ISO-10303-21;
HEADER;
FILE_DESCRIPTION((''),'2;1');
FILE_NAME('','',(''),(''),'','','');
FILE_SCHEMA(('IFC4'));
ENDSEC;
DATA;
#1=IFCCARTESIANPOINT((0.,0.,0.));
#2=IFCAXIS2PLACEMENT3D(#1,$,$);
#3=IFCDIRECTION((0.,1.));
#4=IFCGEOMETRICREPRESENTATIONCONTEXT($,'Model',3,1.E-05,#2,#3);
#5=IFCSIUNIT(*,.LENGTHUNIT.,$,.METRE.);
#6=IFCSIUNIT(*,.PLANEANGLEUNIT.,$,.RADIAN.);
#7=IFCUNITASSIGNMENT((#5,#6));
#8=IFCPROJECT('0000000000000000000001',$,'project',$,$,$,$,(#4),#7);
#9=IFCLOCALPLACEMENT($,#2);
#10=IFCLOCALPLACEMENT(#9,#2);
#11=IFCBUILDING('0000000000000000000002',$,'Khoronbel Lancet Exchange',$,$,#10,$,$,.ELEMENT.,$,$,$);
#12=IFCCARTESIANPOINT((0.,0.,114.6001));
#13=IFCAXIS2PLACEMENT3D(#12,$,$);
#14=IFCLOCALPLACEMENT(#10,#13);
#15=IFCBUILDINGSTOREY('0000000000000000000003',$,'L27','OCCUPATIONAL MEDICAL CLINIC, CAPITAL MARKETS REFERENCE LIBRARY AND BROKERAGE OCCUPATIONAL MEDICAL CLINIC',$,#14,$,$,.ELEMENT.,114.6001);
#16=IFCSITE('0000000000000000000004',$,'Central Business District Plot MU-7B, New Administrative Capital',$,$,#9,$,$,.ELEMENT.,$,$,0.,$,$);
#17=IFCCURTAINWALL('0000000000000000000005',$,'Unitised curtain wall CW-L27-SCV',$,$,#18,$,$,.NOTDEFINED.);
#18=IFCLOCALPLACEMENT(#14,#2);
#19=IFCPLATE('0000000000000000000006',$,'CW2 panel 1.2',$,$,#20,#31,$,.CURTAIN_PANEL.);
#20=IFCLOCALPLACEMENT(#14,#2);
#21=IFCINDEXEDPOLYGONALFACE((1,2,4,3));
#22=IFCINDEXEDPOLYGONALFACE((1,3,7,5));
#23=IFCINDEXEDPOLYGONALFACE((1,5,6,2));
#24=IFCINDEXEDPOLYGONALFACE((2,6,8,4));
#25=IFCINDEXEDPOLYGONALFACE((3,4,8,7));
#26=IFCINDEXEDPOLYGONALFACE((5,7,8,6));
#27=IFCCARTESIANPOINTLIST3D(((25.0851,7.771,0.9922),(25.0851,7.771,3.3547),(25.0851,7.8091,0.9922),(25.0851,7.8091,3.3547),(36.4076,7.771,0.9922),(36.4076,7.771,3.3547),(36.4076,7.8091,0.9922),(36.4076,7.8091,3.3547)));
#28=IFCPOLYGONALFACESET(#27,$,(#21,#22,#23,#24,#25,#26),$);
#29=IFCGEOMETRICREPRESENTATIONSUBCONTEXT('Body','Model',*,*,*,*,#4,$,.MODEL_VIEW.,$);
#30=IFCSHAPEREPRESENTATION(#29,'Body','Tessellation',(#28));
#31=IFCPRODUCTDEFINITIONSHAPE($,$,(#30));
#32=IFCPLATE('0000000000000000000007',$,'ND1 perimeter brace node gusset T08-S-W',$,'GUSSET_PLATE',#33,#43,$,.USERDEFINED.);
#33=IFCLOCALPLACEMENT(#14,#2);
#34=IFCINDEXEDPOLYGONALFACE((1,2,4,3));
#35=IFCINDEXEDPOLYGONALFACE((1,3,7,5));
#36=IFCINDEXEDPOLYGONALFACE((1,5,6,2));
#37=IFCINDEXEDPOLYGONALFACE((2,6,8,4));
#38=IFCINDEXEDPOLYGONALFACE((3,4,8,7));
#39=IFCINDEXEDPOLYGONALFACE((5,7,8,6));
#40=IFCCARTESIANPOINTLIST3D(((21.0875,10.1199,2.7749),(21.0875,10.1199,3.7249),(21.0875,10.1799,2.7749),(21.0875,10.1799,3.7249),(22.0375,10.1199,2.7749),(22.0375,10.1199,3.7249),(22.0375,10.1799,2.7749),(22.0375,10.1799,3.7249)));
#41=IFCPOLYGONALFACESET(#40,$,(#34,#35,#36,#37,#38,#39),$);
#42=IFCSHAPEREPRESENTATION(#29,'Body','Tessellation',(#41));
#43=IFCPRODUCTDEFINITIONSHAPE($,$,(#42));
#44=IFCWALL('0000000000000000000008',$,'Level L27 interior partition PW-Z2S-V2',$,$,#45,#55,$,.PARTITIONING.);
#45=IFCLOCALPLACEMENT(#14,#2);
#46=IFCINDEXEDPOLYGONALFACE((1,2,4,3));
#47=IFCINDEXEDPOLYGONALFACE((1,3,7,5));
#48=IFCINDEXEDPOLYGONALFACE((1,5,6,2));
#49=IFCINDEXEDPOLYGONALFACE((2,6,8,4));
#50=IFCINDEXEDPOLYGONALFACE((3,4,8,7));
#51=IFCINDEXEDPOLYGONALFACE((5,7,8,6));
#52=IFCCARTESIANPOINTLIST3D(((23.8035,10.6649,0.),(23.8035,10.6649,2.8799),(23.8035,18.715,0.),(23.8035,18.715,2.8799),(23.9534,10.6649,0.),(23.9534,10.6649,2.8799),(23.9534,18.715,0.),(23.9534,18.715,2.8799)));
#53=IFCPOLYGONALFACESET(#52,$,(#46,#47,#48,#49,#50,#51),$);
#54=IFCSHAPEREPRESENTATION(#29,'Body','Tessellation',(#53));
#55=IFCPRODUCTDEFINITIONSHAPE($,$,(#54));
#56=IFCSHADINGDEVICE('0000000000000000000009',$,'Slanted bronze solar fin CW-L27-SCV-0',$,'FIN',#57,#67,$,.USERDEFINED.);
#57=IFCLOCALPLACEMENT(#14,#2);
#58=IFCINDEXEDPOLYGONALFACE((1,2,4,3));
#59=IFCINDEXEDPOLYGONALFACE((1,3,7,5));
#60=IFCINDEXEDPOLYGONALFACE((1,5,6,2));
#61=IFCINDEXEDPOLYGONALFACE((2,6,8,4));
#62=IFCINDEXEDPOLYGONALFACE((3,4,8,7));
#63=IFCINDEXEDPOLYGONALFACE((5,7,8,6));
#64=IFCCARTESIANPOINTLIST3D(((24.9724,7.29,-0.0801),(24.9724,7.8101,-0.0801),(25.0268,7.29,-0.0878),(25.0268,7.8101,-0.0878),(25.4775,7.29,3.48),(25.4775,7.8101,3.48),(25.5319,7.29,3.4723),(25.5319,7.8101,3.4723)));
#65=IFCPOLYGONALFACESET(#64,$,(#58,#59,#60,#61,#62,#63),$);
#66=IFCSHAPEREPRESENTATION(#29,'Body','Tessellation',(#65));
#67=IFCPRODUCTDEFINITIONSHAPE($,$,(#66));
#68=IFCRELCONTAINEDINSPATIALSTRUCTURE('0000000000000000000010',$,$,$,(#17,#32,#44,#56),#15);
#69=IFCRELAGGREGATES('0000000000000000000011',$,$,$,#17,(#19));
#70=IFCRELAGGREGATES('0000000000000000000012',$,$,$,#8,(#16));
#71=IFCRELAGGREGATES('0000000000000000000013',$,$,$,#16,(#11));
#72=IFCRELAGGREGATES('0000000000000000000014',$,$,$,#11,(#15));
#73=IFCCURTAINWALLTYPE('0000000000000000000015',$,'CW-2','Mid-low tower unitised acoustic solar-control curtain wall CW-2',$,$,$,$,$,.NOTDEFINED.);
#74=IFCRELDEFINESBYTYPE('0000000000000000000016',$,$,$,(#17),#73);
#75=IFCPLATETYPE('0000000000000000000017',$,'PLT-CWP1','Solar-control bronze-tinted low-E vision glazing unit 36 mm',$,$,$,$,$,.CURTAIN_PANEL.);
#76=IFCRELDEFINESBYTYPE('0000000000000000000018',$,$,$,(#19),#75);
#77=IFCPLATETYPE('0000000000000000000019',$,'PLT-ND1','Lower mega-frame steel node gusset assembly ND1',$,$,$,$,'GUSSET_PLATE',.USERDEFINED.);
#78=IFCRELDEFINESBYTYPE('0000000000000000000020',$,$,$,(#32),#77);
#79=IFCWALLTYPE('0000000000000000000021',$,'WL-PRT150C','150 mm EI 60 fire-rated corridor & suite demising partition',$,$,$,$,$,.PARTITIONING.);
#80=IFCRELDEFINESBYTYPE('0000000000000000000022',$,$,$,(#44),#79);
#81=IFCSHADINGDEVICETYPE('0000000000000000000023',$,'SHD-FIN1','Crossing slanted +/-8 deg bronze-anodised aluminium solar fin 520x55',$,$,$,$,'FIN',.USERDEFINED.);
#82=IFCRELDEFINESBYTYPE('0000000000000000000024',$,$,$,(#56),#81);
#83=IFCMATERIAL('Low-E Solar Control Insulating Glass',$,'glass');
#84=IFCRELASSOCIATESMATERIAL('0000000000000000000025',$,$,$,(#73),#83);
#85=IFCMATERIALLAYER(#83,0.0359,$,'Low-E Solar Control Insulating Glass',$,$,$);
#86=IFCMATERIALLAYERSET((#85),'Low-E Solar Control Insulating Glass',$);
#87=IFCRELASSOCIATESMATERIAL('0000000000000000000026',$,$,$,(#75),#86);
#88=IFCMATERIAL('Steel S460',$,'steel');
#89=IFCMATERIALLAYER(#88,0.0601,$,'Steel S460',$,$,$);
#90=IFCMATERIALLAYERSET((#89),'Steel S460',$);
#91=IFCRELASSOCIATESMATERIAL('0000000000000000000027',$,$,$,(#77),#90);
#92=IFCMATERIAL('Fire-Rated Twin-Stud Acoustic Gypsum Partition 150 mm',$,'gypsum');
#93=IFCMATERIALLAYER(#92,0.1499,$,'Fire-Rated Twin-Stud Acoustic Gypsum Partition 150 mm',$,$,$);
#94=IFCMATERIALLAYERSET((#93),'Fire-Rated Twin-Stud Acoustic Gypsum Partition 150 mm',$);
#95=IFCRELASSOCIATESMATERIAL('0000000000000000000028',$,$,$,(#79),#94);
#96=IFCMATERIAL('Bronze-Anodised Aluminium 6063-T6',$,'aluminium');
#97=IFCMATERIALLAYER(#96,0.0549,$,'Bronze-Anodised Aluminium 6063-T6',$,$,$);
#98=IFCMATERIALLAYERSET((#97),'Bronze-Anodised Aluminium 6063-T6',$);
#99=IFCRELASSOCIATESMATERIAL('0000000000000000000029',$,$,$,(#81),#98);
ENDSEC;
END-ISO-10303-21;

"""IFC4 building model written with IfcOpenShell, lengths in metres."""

from ifc_helpers import new_model, si_unit, direction, frame, frame_2d, origin, origin_2d, place, context, subcontext, project, spatial, polyline, rectangle, outline, extrude, material, layer, layer_set, type_object, element, aggregate, save


model = new_model("IFC4")

# Units and contexts
model_context = context("Model", 3, precision=1e-05, world=origin(), true_north=direction((0.0, 1.0)))
body_context = subcontext(model_context, "Body", "Model", "MODEL_VIEW")
ifc_project = project(units=[si_unit("LENGTHUNIT", "METRE"), si_unit("PLANEANGLEUNIT", "RADIAN")], contexts=[model_context])

# Site, building, storey
site_placement = place(None, origin())
site = spatial("IfcSite", under=ifc_project, at=site_placement, Name="Central Business District Plot MU-7B, New Administrative Capital", CompositionType="ELEMENT", RefElevation=0.0)
building_placement = place(site_placement, origin())
building = spatial("IfcBuilding", under=site, at=building_placement, Name="Khoronbel Lancet Exchange", CompositionType="ELEMENT")
storey_placement = place(building_placement, frame((0.0, 0.0, 114.6001)))
storey = spatial("IfcBuildingStorey", under=building, at=storey_placement, Name="L27", Description="OCCUPATIONAL MEDICAL CLINIC, CAPITAL MARKETS REFERENCE LIBRARY AND BROKERAGE OCCUPATIONAL MEDICAL CLINIC", CompositionType="ELEMENT", Elevation=114.6001)

# Shared definitions
ifc_material_1 = material(Name="Steel S460", Category="steel")

# Curtain wall
ifc_material_2 = material(Name="Low-E Solar Control Insulating Glass", Category="glass")
curtain_wall_type = type_object("IfcCurtainWallType", Name="CW-2", Description="Mid-low tower unitised acoustic solar-control curtain wall CW-2", PredefinedType="NOTDEFINED", material=ifc_material_2)
ifc_material_3 = material(Name="Bronze-Anodised Aluminium 6063-T6", Category="aluminium")
curtain_wall_1_placement = place(storey_placement, origin())
curtain_wall_1 = element("IfcCurtainWall", 1, at=curtain_wall_1_placement, inside=storey, type_object=curtain_wall_type, Name="Unitised curtain wall CW-L27-SCV", PredefinedType="NOTDEFINED")

# Plates
ifc_layer_1 = layer(ifc_material_2, 0.0359, Name="Low-E Solar Control Insulating Glass")
ifc_layer_set_1 = layer_set([ifc_layer_1], Name="Low-E Solar Control Insulating Glass")
plate_type_1 = type_object("IfcPlateType", Name="PLT-CWP1", Description="Solar-control bronze-tinted low-E vision glazing unit 36 mm", PredefinedType="CURTAIN_PANEL", material=ifc_layer_set_1)
plate_1_placement = place(storey_placement, frame((30.7463, 7.79, 0.9922), z_axis=(0.0, 0.0, 1.0), x_axis=(1.0, 0.0, 0.0)))
plate_1 = element("IfcPlate", 2, at=plate_1_placement, type_object=plate_type_1, Name="CW2 panel 1.2", PredefinedType="CURTAIN_PANEL", context=body_context, shape_type="SweptSolid", body=[
    extrude(rectangle(XDim=11.3225, YDim=0.0381, at=origin_2d()), origin(), (0.0, 0.0, 1.0), 2.3625),
])
aggregate(curtain_wall_1, [plate_1])
ifc_layer_2 = layer(ifc_material_1, 0.0601, Name="Steel S460")
ifc_layer_set_2 = layer_set([ifc_layer_2], Name="Steel S460")
plate_type_2 = type_object("IfcPlateType", Name="PLT-ND1", Description="Lower mega-frame steel node gusset assembly ND1", ElementType="GUSSET_PLATE", PredefinedType="USERDEFINED", material=ifc_layer_set_2)
plate_2_placement = place(storey_placement, frame((21.5625, 10.1499, 2.7749), z_axis=(0.0, 0.0, 1.0), x_axis=(1.0, 0.0, 0.0)))
element("IfcPlate", 3, at=plate_2_placement, inside=storey, type_object=plate_type_2, Name="ND1 perimeter brace node gusset T08-S-W", ObjectType="GUSSET_PLATE", PredefinedType="USERDEFINED", context=body_context, shape_type="SweptSolid", body=[
    extrude(rectangle(XDim=0.95, YDim=0.0601, at=origin_2d()), origin(), (0.0, 0.0, 1.0), 0.95),
])

# Wall
ifc_material_4 = material(Name="Fire-Rated Twin-Stud Acoustic Gypsum Partition 150 mm", Category="gypsum")
ifc_layer_3 = layer(ifc_material_4, 0.1499, Name="Fire-Rated Twin-Stud Acoustic Gypsum Partition 150 mm")
ifc_layer_set_3 = layer_set([ifc_layer_3], Name="Fire-Rated Twin-Stud Acoustic Gypsum Partition 150 mm")
wall_type = type_object("IfcWallType", Name="WL-PRT150C", Description="150 mm EI 60 fire-rated corridor & suite demising partition", PredefinedType="PARTITIONING", material=ifc_layer_set_3)
wall_placement = place(storey_placement, frame((23.8784, 10.665, 0.0), z_axis=(0.0, 0.0, 1.0), x_axis=(0.0, 1.0, 0.0)))
element("IfcWall", 4, at=wall_placement, inside=storey, type_object=wall_type, Name="Level L27 interior partition PW-Z2S-V2", PredefinedType="PARTITIONING", context=body_context, shape_type="SweptSolid", body=[
    extrude(rectangle(XDim=8.05, YDim=0.1499, at=frame_2d((4.0249, 0.0))), origin(), (0.0, 0.0, 1.0), 2.8799),
])

# Shading device
ifc_layer_4 = layer(ifc_material_3, 0.0549, Name="Bronze-Anodised Aluminium 6063-T6")
ifc_layer_set_4 = layer_set([ifc_layer_4], Name="Bronze-Anodised Aluminium 6063-T6")
shading_device_type = type_object("IfcShadingDeviceType", Name="SHD-FIN1", Description="Crossing slanted +/-8 deg bronze-anodised aluminium solar fin 520x55", ElementType="FIN", PredefinedType="USERDEFINED", material=ifc_layer_set_4)
shading_device_placement = place(storey_placement, frame((24.9724, 7.8101, -0.0801), z_axis=(-0.990083, 0.0, 0.14048), x_axis=(0.0, -1.0, 0.0)))
element("IfcShadingDevice", 5, at=shading_device_placement, inside=storey, type_object=shading_device_type, Name="Slanted bronze solar fin CW-L27-SCV-0", ObjectType="FIN", PredefinedType="USERDEFINED", context=body_context, shape_type="SweptSolid", body=[
    extrude(outline(polyline([(0.0, 0.0), (0.52, 0.0), (0.52, 3.5957), (0.0, 3.5957), (0.0, 0.0)])), origin(), (0.0, 0.0, -1.0), 0.0549),
])

save(model, "model.ifc")
